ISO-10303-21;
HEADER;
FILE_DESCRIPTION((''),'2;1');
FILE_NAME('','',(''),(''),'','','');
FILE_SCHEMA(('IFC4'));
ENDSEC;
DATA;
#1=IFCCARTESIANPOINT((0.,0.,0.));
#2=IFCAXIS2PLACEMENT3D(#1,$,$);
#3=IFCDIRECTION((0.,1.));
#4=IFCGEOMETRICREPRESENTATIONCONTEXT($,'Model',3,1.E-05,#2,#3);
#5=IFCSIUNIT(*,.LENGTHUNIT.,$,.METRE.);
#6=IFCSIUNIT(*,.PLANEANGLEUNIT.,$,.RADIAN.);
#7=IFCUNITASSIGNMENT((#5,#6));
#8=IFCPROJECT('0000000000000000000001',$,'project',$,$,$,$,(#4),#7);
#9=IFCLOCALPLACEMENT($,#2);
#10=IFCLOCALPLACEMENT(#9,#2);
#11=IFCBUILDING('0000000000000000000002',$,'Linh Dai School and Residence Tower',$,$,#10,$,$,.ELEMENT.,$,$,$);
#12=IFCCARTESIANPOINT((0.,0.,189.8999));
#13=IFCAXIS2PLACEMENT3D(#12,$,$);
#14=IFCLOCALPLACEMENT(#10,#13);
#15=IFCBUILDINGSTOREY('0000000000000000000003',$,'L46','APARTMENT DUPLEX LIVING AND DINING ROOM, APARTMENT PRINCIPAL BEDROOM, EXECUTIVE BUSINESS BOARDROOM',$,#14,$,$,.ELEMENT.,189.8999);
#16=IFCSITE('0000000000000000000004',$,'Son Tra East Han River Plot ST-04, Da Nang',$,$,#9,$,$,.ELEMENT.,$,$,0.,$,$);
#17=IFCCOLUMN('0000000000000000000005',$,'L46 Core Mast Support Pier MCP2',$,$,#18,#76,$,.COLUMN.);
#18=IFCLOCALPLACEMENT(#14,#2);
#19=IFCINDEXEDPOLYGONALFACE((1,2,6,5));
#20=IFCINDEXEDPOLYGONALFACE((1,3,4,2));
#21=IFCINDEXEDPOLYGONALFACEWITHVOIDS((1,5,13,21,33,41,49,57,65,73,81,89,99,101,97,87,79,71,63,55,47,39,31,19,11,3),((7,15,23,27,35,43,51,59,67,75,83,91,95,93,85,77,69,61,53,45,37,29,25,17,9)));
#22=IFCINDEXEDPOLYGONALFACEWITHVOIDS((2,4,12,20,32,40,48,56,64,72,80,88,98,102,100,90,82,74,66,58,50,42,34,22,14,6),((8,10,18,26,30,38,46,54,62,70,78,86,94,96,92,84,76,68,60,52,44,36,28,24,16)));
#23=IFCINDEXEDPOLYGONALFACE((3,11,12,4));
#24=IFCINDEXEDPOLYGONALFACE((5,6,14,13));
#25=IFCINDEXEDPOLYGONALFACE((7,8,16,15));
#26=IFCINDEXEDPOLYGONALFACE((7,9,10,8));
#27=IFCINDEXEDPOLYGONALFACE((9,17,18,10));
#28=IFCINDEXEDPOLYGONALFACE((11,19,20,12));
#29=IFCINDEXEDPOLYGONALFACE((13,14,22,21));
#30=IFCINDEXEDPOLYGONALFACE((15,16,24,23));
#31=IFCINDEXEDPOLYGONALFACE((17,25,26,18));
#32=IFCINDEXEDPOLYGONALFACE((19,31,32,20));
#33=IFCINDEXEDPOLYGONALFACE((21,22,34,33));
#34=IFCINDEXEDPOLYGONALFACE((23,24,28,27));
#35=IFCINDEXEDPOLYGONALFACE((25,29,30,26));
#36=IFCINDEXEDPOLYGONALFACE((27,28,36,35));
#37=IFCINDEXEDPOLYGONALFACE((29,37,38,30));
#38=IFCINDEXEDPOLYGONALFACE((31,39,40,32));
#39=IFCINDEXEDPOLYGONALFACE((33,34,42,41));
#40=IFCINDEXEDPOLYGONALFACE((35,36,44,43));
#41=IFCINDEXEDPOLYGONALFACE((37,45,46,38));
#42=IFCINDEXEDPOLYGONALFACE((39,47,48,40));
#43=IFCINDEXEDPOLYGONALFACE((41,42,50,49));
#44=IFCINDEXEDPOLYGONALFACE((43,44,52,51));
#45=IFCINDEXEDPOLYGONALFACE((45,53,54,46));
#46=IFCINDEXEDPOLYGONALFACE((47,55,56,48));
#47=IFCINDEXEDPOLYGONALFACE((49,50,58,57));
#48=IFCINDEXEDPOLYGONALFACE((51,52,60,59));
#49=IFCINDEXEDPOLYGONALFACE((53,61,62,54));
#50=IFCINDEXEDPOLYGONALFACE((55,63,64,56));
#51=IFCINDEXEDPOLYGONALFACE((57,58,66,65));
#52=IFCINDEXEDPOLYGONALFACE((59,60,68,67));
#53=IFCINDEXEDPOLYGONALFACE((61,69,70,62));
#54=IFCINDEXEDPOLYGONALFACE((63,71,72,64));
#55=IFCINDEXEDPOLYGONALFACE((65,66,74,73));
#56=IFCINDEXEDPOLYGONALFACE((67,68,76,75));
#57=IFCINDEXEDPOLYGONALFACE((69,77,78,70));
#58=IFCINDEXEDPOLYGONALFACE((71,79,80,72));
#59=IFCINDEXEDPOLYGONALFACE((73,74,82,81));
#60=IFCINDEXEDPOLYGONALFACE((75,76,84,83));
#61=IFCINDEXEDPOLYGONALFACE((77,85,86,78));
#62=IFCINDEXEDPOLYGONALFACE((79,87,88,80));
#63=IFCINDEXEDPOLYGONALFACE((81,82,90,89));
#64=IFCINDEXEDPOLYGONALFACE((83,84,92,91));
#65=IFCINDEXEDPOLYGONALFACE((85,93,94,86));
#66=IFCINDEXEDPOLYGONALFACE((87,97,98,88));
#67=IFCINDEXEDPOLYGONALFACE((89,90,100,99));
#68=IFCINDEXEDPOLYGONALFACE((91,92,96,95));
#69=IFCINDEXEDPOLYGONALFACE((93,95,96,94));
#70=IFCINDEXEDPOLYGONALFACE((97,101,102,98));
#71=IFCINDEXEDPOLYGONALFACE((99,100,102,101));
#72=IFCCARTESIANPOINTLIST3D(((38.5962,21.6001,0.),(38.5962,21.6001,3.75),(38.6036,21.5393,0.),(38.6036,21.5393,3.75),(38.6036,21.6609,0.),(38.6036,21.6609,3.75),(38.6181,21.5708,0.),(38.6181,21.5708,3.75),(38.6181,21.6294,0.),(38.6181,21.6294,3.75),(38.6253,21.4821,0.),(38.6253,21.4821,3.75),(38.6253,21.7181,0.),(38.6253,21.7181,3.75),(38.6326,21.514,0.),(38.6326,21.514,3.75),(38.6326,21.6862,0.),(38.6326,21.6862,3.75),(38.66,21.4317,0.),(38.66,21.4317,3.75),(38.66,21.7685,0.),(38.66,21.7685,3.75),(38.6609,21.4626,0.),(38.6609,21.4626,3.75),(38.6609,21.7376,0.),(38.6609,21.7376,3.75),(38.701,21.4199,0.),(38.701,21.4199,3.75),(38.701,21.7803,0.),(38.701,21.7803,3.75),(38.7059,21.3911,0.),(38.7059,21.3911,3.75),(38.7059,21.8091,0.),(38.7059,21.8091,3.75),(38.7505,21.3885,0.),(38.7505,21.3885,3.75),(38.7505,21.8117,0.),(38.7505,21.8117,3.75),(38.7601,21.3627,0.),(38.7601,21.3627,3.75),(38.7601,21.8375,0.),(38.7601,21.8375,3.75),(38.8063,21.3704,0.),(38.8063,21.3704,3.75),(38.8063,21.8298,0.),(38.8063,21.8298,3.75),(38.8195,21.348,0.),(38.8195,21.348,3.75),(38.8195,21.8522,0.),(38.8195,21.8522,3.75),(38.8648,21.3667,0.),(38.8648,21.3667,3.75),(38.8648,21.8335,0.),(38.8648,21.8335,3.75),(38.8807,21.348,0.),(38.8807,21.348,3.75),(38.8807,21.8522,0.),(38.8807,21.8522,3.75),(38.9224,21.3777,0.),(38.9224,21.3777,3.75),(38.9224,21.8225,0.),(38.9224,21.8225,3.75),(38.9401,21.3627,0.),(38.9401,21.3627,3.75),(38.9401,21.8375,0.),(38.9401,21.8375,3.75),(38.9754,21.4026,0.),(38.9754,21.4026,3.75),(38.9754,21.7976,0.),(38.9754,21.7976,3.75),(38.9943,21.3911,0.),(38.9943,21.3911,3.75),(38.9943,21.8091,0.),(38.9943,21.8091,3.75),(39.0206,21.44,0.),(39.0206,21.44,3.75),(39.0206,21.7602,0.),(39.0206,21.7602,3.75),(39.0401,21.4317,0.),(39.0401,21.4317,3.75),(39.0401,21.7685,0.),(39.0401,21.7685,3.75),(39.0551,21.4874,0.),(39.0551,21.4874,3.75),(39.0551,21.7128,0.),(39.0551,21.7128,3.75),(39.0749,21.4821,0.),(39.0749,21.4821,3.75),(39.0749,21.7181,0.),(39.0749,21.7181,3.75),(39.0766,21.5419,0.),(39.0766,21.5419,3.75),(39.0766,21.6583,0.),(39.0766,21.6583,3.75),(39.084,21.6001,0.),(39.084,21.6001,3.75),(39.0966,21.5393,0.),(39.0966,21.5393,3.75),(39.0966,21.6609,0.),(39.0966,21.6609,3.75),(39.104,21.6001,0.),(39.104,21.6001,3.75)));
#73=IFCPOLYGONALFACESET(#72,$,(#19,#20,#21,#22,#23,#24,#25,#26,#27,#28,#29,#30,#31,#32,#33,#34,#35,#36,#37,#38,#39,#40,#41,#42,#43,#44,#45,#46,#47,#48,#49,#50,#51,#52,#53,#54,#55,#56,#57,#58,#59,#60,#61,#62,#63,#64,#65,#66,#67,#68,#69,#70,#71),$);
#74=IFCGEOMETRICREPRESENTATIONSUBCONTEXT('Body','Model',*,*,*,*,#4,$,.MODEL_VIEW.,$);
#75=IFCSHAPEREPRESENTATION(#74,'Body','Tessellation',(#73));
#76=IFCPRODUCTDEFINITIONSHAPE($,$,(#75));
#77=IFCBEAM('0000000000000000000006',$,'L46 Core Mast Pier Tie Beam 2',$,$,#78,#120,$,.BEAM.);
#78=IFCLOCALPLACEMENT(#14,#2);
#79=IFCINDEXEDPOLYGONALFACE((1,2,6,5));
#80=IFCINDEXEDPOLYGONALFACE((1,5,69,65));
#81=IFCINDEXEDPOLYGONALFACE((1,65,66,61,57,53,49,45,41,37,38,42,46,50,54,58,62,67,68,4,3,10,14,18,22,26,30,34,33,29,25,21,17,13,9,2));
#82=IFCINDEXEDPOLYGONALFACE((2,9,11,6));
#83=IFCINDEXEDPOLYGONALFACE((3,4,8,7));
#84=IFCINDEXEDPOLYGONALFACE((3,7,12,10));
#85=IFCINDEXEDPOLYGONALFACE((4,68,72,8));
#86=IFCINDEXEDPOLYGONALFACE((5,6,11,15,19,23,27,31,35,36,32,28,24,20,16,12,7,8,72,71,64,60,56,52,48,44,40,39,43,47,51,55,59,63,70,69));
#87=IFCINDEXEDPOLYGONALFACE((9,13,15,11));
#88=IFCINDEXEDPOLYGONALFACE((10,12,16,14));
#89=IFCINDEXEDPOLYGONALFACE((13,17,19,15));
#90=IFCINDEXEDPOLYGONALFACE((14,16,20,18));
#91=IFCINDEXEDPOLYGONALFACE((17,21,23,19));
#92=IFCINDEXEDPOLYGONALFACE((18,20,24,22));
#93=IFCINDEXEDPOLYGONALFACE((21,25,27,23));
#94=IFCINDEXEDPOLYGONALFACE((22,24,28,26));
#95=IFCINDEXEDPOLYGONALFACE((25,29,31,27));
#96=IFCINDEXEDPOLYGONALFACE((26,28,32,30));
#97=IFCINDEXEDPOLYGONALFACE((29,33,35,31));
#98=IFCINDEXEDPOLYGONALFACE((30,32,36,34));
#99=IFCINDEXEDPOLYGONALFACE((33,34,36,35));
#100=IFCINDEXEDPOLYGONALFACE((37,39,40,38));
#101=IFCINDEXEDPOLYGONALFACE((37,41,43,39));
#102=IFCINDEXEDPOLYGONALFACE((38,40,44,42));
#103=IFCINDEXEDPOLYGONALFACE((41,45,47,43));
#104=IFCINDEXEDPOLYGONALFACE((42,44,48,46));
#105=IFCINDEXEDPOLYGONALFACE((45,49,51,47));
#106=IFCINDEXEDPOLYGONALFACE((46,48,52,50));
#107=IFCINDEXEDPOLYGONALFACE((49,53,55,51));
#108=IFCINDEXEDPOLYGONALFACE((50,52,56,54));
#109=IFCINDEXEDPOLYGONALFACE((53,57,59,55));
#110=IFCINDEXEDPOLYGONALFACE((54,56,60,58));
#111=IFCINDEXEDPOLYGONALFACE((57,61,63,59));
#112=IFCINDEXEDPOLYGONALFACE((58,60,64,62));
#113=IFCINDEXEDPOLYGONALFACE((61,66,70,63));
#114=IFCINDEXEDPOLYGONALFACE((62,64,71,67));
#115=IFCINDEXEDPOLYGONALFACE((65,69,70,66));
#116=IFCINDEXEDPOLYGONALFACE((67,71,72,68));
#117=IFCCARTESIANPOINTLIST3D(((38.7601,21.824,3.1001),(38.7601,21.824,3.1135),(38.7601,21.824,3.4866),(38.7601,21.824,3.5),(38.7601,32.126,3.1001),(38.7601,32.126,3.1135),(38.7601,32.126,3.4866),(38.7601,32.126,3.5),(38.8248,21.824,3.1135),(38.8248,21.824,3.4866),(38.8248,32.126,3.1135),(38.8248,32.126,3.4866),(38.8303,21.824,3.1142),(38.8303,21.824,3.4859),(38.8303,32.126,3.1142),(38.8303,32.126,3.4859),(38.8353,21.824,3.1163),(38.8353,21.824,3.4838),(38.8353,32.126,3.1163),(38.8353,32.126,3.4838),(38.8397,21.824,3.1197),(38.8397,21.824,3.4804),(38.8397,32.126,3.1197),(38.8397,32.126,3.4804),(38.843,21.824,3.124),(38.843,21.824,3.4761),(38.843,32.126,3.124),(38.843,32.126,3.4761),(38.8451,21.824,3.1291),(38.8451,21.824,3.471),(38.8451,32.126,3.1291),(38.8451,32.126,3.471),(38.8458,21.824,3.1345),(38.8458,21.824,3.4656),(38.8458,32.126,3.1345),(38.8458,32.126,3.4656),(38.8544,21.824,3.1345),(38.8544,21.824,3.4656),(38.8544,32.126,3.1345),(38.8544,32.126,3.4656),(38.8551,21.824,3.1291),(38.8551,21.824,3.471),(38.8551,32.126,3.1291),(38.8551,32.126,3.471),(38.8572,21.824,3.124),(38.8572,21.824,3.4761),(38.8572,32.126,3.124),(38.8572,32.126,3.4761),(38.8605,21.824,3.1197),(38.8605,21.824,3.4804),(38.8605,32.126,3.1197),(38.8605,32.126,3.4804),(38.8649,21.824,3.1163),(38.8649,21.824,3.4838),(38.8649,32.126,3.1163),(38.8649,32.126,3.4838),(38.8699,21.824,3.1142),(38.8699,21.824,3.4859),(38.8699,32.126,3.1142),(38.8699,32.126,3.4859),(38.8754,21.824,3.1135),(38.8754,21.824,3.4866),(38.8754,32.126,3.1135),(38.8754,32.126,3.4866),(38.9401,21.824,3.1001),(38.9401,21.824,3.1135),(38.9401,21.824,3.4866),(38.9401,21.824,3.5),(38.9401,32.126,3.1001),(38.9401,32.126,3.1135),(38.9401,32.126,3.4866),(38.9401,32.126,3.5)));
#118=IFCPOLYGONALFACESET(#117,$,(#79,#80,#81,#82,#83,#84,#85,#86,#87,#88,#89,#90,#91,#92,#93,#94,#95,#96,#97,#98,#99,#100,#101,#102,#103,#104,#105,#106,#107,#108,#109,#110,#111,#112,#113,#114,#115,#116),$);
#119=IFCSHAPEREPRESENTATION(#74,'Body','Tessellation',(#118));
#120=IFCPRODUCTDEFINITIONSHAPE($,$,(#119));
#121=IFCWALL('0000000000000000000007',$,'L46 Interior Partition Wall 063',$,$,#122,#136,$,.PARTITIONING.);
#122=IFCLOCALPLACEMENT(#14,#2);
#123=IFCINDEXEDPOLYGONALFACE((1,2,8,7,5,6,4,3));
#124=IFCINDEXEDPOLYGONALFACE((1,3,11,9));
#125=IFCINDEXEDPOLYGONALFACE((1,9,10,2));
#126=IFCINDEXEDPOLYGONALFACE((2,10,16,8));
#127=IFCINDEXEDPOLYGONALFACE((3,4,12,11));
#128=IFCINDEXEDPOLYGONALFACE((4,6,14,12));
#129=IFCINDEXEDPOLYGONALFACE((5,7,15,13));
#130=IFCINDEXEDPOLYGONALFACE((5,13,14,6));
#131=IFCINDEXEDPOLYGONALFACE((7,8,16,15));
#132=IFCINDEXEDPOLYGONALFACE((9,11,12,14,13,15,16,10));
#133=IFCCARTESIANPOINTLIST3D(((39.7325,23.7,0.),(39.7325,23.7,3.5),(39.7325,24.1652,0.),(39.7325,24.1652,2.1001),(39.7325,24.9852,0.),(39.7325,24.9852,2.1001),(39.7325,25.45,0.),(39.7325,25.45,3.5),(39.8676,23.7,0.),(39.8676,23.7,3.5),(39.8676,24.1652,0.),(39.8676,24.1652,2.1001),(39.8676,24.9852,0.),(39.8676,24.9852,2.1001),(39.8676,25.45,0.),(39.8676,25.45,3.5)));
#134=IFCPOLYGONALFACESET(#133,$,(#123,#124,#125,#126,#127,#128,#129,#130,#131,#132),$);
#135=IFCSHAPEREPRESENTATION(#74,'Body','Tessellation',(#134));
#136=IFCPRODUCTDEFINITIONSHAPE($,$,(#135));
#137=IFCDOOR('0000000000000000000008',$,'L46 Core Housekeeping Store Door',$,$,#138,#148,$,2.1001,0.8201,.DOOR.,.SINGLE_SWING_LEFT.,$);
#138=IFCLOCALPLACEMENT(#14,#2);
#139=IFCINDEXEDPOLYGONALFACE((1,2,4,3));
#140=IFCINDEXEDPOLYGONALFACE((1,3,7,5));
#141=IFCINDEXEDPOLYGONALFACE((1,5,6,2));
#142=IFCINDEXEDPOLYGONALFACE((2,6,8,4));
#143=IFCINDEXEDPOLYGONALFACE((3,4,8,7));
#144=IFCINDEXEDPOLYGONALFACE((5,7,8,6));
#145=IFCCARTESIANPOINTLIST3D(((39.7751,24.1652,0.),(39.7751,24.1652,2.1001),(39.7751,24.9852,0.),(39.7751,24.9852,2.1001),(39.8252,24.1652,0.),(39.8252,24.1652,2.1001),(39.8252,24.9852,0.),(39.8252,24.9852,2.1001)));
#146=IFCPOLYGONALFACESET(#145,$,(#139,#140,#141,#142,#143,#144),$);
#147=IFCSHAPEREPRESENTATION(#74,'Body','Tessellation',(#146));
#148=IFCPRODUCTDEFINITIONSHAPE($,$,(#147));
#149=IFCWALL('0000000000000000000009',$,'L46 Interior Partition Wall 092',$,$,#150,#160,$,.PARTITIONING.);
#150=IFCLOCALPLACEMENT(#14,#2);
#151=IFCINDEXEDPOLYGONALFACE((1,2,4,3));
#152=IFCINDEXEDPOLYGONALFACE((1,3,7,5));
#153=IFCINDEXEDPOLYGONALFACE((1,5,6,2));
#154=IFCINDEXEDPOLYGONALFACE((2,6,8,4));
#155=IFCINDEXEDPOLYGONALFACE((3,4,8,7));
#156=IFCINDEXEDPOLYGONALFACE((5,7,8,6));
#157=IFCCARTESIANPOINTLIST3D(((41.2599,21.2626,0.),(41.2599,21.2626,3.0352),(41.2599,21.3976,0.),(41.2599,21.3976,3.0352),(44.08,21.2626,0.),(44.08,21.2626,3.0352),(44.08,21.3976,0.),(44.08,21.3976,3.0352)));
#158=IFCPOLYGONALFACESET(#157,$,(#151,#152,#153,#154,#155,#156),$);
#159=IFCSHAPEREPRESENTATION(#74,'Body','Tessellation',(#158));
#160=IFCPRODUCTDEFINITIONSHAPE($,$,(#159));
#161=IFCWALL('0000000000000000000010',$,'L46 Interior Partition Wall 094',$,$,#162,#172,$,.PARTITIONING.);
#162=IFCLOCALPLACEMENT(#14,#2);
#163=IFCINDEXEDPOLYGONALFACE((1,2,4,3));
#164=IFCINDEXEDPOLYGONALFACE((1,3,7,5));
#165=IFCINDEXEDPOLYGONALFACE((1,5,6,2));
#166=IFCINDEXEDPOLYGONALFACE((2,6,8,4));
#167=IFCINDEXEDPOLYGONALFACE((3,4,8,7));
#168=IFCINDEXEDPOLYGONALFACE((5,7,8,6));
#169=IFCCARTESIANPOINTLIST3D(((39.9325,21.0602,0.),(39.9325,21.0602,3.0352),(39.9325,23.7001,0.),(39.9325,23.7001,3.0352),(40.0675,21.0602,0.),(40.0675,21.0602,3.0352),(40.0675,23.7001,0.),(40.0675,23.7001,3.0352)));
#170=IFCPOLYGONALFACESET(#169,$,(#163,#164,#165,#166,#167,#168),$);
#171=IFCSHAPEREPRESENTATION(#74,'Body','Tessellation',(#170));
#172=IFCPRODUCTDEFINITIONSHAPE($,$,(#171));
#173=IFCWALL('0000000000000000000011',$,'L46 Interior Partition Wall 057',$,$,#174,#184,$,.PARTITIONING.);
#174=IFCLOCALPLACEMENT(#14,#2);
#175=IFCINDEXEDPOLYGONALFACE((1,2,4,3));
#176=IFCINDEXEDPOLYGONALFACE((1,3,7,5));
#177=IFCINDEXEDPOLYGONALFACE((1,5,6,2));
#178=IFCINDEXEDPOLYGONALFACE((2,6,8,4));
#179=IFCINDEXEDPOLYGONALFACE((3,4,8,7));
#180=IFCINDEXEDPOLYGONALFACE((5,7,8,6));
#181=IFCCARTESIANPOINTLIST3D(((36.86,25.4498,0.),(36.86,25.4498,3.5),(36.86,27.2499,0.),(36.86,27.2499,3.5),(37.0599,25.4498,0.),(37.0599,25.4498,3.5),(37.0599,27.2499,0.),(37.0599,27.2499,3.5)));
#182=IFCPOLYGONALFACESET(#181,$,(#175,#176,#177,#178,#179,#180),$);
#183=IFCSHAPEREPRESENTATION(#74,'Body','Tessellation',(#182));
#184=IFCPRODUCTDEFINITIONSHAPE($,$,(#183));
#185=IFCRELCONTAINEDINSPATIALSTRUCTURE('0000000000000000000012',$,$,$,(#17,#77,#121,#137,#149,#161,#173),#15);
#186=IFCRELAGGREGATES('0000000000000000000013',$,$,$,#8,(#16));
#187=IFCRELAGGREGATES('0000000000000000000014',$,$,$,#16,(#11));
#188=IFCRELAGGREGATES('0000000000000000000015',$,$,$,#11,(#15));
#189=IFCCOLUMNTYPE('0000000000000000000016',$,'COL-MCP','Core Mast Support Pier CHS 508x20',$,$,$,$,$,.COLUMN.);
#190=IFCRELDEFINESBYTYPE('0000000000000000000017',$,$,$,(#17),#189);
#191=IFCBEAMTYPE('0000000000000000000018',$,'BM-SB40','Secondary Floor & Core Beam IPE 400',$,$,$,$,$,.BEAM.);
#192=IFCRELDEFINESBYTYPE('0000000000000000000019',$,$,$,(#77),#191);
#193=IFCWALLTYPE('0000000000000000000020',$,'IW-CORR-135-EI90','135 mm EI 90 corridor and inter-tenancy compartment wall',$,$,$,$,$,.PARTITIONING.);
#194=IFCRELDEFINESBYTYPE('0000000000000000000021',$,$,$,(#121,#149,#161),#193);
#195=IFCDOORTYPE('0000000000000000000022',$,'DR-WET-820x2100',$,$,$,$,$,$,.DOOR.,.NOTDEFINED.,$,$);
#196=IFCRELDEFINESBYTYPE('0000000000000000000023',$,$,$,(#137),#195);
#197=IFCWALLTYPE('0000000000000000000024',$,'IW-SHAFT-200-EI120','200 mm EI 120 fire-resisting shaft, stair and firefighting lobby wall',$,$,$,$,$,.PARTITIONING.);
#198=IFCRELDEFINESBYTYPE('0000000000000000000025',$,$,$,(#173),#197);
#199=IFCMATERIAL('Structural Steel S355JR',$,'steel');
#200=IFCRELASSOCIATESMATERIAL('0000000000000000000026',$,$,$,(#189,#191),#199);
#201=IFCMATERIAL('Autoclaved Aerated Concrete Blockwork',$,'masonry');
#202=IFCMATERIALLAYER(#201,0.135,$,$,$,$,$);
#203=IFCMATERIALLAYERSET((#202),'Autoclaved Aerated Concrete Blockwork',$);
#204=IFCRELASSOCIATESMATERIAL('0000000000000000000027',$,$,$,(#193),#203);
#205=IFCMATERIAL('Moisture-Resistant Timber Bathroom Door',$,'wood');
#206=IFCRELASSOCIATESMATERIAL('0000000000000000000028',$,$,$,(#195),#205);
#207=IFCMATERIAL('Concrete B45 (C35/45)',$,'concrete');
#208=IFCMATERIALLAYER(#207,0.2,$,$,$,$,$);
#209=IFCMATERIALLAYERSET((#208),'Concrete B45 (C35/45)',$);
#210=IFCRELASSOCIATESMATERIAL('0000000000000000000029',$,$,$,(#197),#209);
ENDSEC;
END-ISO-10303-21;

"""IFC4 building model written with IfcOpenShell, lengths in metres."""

from ifc_helpers import new_model, si_unit, direction, frame, frame_2d, origin, origin_2d, place, context, subcontext, project, spatial, rectangle, hollow_circle, i_section, extrude, source, transform, mapped, material, layer, layer_set, material_profile, profile_set, type_object, element, fill, save


model = new_model("IFC4")

# Units and contexts
model_context = context("Model", 3, precision=1e-05, world=origin(), true_north=direction((0.0, 1.0)))
body_context = subcontext(model_context, "Body", "Model", "MODEL_VIEW")
ifc_project = project(units=[si_unit("LENGTHUNIT", "METRE"), si_unit("PLANEANGLEUNIT", "RADIAN")], contexts=[model_context])

# Site, building, storey
site_placement = place(None, origin())
site = spatial("IfcSite", under=ifc_project, at=site_placement, Name="Son Tra East Han River Plot ST-04, Da Nang", CompositionType="ELEMENT", RefElevation=0.0)
building_placement = place(site_placement, origin())
building = spatial("IfcBuilding", under=site, at=building_placement, Name="Linh Dai School and Residence Tower", CompositionType="ELEMENT")
storey_placement = place(building_placement, frame((0.0, 0.0, 189.8999)))
storey = spatial("IfcBuildingStorey", under=building, at=storey_placement, Name="L46", Description="APARTMENT DUPLEX LIVING AND DINING ROOM, APARTMENT PRINCIPAL BEDROOM, EXECUTIVE BUSINESS BOARDROOM", CompositionType="ELEMENT", Elevation=189.8999)

# Column
ifc_material_1 = material(Name="Structural Steel S355JR", Category="steel")
ifc_material_profile_1 = material_profile(ifc_material_1, hollow_circle(Radius=0.2539, WallThickness=0.02, at=origin_2d()), Name="CHS 508x20")
ifc_profile_set_1 = profile_set([ifc_material_profile_1], Name="Structural Steel S355JR")
column_type_1 = type_object("IfcColumnType", Name="COL-MCP", Description="Core Mast Support Pier CHS 508x20", PredefinedType="COLUMN", material=ifc_profile_set_1)
column_placement = place(storey_placement, frame((38.8501, 21.6001, 0.0), z_axis=(0.0, 0.0, 1.0), x_axis=(1.0, 0.0, 0.0)))
element("IfcColumn", 1, at=column_placement, inside=storey, type_object=column_type_1, Name="L46 Core Mast Support Pier MCP2", PredefinedType="COLUMN", context=body_context, shape_type="SweptSolid", body=[
    extrude(hollow_circle(Radius=0.2539, WallThickness=0.02, at=origin_2d()), origin(), (0.0, 0.0, 1.0), 3.75),
])

# Beam
ifc_material_profile_2 = material_profile(ifc_material_1, i_section(OverallWidth=0.1799, OverallDepth=0.3999, WebThickness=0.0085, FlangeThickness=0.0134, FilletRadius=0.021, at=origin_2d()), Name="IPE 400")
ifc_profile_set_2 = profile_set([ifc_material_profile_2], Name="Structural Steel S355JR")
beam_type = type_object("IfcBeamType", Name="BM-SB40", Description="Secondary Floor & Core Beam IPE 400", PredefinedType="BEAM", material=ifc_profile_set_2)
beam_placement = place(storey_placement, frame((38.8501, 21.824, 3.3), z_axis=(0.0, 1.0, 0.0), x_axis=(-1.0, 0.0, 0.0)))
element("IfcBeam", 2, at=beam_placement, inside=storey, type_object=beam_type, Name="L46 Core Mast Pier Tie Beam 2", PredefinedType="BEAM", context=body_context, shape_type="SweptSolid", body=[
    extrude(i_section(OverallWidth=0.1799, OverallDepth=0.3999, WebThickness=0.0085, FlangeThickness=0.0134, FilletRadius=0.021, at=origin_2d()), origin(), (0.0, 0.0, 1.0), 10.302),
])

# Wall, opening, door
ifc_material_2 = material(Name="Autoclaved Aerated Concrete Blockwork", Category="masonry")
ifc_layer_1 = layer(ifc_material_2, 0.135)
ifc_layer_set_1 = layer_set([ifc_layer_1], Name="Autoclaved Aerated Concrete Blockwork")
wall_type_1 = type_object("IfcWallType", Name="IW-CORR-135-EI90", Description="135 mm EI 90 corridor and inter-tenancy compartment wall", PredefinedType="PARTITIONING", material=ifc_layer_set_1)
wall_1_placement = place(storey_placement, frame((39.8, 23.7, 0.0), z_axis=(0.0, 0.0, 1.0), x_axis=(0.0, 1.0, 0.0)))
wall_1 = element("IfcWall", 3, at=wall_1_placement, inside=storey, type_object=wall_type_1, Name="L46 Interior Partition Wall 063", PredefinedType="PARTITIONING", context=body_context, shape_type="SweptSolid", body=[
    extrude(rectangle(XDim=1.75, YDim=0.135, at=frame_2d((0.875, 0.0))), origin(), (0.0, 0.0, 1.0), 3.5),
])
opening_placement = place(wall_1_placement, frame((0.4651, 0.0, 0.0)))
opening = element("IfcOpeningElement", 4, at=opening_placement, cuts=wall_1, PredefinedType="OPENING", context=body_context, shape_type="SweptSolid", body=[
    extrude(rectangle(XDim=0.8201, YDim=2.1001, at=origin_2d()), frame((0.4102, 0.0776, 1.05), z_axis=(0.0, -1.0, 0.0), x_axis=(1.0, 0.0, 0.0)), (0.0, 0.0, 1.0), 0.155),
])
ifc_material_3 = material(Name="Moisture-Resistant Timber Bathroom Door", Category="wood")
door_type = type_object("IfcDoorType", Name="DR-WET-820x2100", OperationType="NOTDEFINED", PredefinedType="DOOR", material=ifc_material_3)
shared_shape_1 = source(origin(), body_context, "Body", "SweptSolid", [
    extrude(rectangle(XDim=0.8201, YDim=2.1001, at=origin_2d()), frame((0.4102, 0.0249, 1.05), z_axis=(0.0, -1.0, 0.0), x_axis=(1.0, 0.0, 0.0)), (0.0, 0.0, 1.0), 0.05),
])
door_placement = place(opening_placement, origin())
door = element("IfcDoor", 5, at=door_placement, inside=storey, type_object=door_type, Name="L46 Core Housekeeping Store Door", OperationType="SINGLE_SWING_LEFT", OverallHeight=2.1001, OverallWidth=0.8201, PredefinedType="DOOR", context=body_context, shape_type="MappedRepresentation", body=[
    mapped(shared_shape_1, transform((0.0, 0.0, 0.0), x_axis=(1.0, 0.0, 0.0), y_axis=(0.0, 1.0, 0.0), z_axis=(0.0, 0.0, 1.0), scale=1.0)),
])
fill(opening, door)

# Walls
wall_2_placement = place(storey_placement, frame((44.0801, 21.3301, 0.0), z_axis=(0.0, 0.0, 1.0), x_axis=(-1.0, 0.0, 0.0)))
element("IfcWall", 6, at=wall_2_placement, inside=storey, type_object=wall_type_1, Name="L46 Interior Partition Wall 092", PredefinedType="PARTITIONING", context=body_context, shape_type="SweptSolid", body=[
    extrude(rectangle(XDim=2.8201, YDim=0.135, at=frame_2d((1.4102, 0.0))), origin(), (0.0, 0.0, 1.0), 3.0352),
])
wall_3_placement = place(storey_placement, frame((40.0, 23.7, 0.0), z_axis=(0.0, 0.0, 1.0), x_axis=(0.0, -1.0, 0.0)))
element("IfcWall", 7, at=wall_3_placement, inside=storey, type_object=wall_type_1, Name="L46 Interior Partition Wall 094", PredefinedType="PARTITIONING", context=body_context, shape_type="SweptSolid", body=[
    extrude(rectangle(XDim=2.6399, YDim=0.135, at=frame_2d((1.3198, 0.0))), origin(), (0.0, 0.0, 1.0), 3.0352),
])
ifc_material_4 = material(Name="Concrete B45 (C35/45)", Category="concrete")
ifc_layer_2 = layer(ifc_material_4, 0.2)
ifc_layer_set_2 = layer_set([ifc_layer_2], Name="Concrete B45 (C35/45)")
wall_type_2 = type_object("IfcWallType", Name="IW-SHAFT-200-EI120", Description="200 mm EI 120 fire-resisting shaft, stair and firefighting lobby wall", PredefinedType="PARTITIONING", material=ifc_layer_set_2)
for number, where, z_axis, x_axis, name in (
    (8, (36.96, 25.45, 0.0), (0.0, 0.0, 1.0), (0.0, 1.0, 0.0), "L46 Interior Partition Wall 057"),
):
    element("IfcWall", number, at=place(storey_placement, frame(where, z_axis=z_axis, x_axis=x_axis)), inside=storey, type_object=wall_type_2, Name=name, PredefinedType="PARTITIONING", context=body_context, shape_type="SweptSolid", body=[
        extrude(rectangle(XDim=1.8, YDim=0.2, at=frame_2d((0.8999, 0.0))), origin(), (0.0, 0.0, 1.0), 3.5),
    ])

save(model, "model.ifc")
